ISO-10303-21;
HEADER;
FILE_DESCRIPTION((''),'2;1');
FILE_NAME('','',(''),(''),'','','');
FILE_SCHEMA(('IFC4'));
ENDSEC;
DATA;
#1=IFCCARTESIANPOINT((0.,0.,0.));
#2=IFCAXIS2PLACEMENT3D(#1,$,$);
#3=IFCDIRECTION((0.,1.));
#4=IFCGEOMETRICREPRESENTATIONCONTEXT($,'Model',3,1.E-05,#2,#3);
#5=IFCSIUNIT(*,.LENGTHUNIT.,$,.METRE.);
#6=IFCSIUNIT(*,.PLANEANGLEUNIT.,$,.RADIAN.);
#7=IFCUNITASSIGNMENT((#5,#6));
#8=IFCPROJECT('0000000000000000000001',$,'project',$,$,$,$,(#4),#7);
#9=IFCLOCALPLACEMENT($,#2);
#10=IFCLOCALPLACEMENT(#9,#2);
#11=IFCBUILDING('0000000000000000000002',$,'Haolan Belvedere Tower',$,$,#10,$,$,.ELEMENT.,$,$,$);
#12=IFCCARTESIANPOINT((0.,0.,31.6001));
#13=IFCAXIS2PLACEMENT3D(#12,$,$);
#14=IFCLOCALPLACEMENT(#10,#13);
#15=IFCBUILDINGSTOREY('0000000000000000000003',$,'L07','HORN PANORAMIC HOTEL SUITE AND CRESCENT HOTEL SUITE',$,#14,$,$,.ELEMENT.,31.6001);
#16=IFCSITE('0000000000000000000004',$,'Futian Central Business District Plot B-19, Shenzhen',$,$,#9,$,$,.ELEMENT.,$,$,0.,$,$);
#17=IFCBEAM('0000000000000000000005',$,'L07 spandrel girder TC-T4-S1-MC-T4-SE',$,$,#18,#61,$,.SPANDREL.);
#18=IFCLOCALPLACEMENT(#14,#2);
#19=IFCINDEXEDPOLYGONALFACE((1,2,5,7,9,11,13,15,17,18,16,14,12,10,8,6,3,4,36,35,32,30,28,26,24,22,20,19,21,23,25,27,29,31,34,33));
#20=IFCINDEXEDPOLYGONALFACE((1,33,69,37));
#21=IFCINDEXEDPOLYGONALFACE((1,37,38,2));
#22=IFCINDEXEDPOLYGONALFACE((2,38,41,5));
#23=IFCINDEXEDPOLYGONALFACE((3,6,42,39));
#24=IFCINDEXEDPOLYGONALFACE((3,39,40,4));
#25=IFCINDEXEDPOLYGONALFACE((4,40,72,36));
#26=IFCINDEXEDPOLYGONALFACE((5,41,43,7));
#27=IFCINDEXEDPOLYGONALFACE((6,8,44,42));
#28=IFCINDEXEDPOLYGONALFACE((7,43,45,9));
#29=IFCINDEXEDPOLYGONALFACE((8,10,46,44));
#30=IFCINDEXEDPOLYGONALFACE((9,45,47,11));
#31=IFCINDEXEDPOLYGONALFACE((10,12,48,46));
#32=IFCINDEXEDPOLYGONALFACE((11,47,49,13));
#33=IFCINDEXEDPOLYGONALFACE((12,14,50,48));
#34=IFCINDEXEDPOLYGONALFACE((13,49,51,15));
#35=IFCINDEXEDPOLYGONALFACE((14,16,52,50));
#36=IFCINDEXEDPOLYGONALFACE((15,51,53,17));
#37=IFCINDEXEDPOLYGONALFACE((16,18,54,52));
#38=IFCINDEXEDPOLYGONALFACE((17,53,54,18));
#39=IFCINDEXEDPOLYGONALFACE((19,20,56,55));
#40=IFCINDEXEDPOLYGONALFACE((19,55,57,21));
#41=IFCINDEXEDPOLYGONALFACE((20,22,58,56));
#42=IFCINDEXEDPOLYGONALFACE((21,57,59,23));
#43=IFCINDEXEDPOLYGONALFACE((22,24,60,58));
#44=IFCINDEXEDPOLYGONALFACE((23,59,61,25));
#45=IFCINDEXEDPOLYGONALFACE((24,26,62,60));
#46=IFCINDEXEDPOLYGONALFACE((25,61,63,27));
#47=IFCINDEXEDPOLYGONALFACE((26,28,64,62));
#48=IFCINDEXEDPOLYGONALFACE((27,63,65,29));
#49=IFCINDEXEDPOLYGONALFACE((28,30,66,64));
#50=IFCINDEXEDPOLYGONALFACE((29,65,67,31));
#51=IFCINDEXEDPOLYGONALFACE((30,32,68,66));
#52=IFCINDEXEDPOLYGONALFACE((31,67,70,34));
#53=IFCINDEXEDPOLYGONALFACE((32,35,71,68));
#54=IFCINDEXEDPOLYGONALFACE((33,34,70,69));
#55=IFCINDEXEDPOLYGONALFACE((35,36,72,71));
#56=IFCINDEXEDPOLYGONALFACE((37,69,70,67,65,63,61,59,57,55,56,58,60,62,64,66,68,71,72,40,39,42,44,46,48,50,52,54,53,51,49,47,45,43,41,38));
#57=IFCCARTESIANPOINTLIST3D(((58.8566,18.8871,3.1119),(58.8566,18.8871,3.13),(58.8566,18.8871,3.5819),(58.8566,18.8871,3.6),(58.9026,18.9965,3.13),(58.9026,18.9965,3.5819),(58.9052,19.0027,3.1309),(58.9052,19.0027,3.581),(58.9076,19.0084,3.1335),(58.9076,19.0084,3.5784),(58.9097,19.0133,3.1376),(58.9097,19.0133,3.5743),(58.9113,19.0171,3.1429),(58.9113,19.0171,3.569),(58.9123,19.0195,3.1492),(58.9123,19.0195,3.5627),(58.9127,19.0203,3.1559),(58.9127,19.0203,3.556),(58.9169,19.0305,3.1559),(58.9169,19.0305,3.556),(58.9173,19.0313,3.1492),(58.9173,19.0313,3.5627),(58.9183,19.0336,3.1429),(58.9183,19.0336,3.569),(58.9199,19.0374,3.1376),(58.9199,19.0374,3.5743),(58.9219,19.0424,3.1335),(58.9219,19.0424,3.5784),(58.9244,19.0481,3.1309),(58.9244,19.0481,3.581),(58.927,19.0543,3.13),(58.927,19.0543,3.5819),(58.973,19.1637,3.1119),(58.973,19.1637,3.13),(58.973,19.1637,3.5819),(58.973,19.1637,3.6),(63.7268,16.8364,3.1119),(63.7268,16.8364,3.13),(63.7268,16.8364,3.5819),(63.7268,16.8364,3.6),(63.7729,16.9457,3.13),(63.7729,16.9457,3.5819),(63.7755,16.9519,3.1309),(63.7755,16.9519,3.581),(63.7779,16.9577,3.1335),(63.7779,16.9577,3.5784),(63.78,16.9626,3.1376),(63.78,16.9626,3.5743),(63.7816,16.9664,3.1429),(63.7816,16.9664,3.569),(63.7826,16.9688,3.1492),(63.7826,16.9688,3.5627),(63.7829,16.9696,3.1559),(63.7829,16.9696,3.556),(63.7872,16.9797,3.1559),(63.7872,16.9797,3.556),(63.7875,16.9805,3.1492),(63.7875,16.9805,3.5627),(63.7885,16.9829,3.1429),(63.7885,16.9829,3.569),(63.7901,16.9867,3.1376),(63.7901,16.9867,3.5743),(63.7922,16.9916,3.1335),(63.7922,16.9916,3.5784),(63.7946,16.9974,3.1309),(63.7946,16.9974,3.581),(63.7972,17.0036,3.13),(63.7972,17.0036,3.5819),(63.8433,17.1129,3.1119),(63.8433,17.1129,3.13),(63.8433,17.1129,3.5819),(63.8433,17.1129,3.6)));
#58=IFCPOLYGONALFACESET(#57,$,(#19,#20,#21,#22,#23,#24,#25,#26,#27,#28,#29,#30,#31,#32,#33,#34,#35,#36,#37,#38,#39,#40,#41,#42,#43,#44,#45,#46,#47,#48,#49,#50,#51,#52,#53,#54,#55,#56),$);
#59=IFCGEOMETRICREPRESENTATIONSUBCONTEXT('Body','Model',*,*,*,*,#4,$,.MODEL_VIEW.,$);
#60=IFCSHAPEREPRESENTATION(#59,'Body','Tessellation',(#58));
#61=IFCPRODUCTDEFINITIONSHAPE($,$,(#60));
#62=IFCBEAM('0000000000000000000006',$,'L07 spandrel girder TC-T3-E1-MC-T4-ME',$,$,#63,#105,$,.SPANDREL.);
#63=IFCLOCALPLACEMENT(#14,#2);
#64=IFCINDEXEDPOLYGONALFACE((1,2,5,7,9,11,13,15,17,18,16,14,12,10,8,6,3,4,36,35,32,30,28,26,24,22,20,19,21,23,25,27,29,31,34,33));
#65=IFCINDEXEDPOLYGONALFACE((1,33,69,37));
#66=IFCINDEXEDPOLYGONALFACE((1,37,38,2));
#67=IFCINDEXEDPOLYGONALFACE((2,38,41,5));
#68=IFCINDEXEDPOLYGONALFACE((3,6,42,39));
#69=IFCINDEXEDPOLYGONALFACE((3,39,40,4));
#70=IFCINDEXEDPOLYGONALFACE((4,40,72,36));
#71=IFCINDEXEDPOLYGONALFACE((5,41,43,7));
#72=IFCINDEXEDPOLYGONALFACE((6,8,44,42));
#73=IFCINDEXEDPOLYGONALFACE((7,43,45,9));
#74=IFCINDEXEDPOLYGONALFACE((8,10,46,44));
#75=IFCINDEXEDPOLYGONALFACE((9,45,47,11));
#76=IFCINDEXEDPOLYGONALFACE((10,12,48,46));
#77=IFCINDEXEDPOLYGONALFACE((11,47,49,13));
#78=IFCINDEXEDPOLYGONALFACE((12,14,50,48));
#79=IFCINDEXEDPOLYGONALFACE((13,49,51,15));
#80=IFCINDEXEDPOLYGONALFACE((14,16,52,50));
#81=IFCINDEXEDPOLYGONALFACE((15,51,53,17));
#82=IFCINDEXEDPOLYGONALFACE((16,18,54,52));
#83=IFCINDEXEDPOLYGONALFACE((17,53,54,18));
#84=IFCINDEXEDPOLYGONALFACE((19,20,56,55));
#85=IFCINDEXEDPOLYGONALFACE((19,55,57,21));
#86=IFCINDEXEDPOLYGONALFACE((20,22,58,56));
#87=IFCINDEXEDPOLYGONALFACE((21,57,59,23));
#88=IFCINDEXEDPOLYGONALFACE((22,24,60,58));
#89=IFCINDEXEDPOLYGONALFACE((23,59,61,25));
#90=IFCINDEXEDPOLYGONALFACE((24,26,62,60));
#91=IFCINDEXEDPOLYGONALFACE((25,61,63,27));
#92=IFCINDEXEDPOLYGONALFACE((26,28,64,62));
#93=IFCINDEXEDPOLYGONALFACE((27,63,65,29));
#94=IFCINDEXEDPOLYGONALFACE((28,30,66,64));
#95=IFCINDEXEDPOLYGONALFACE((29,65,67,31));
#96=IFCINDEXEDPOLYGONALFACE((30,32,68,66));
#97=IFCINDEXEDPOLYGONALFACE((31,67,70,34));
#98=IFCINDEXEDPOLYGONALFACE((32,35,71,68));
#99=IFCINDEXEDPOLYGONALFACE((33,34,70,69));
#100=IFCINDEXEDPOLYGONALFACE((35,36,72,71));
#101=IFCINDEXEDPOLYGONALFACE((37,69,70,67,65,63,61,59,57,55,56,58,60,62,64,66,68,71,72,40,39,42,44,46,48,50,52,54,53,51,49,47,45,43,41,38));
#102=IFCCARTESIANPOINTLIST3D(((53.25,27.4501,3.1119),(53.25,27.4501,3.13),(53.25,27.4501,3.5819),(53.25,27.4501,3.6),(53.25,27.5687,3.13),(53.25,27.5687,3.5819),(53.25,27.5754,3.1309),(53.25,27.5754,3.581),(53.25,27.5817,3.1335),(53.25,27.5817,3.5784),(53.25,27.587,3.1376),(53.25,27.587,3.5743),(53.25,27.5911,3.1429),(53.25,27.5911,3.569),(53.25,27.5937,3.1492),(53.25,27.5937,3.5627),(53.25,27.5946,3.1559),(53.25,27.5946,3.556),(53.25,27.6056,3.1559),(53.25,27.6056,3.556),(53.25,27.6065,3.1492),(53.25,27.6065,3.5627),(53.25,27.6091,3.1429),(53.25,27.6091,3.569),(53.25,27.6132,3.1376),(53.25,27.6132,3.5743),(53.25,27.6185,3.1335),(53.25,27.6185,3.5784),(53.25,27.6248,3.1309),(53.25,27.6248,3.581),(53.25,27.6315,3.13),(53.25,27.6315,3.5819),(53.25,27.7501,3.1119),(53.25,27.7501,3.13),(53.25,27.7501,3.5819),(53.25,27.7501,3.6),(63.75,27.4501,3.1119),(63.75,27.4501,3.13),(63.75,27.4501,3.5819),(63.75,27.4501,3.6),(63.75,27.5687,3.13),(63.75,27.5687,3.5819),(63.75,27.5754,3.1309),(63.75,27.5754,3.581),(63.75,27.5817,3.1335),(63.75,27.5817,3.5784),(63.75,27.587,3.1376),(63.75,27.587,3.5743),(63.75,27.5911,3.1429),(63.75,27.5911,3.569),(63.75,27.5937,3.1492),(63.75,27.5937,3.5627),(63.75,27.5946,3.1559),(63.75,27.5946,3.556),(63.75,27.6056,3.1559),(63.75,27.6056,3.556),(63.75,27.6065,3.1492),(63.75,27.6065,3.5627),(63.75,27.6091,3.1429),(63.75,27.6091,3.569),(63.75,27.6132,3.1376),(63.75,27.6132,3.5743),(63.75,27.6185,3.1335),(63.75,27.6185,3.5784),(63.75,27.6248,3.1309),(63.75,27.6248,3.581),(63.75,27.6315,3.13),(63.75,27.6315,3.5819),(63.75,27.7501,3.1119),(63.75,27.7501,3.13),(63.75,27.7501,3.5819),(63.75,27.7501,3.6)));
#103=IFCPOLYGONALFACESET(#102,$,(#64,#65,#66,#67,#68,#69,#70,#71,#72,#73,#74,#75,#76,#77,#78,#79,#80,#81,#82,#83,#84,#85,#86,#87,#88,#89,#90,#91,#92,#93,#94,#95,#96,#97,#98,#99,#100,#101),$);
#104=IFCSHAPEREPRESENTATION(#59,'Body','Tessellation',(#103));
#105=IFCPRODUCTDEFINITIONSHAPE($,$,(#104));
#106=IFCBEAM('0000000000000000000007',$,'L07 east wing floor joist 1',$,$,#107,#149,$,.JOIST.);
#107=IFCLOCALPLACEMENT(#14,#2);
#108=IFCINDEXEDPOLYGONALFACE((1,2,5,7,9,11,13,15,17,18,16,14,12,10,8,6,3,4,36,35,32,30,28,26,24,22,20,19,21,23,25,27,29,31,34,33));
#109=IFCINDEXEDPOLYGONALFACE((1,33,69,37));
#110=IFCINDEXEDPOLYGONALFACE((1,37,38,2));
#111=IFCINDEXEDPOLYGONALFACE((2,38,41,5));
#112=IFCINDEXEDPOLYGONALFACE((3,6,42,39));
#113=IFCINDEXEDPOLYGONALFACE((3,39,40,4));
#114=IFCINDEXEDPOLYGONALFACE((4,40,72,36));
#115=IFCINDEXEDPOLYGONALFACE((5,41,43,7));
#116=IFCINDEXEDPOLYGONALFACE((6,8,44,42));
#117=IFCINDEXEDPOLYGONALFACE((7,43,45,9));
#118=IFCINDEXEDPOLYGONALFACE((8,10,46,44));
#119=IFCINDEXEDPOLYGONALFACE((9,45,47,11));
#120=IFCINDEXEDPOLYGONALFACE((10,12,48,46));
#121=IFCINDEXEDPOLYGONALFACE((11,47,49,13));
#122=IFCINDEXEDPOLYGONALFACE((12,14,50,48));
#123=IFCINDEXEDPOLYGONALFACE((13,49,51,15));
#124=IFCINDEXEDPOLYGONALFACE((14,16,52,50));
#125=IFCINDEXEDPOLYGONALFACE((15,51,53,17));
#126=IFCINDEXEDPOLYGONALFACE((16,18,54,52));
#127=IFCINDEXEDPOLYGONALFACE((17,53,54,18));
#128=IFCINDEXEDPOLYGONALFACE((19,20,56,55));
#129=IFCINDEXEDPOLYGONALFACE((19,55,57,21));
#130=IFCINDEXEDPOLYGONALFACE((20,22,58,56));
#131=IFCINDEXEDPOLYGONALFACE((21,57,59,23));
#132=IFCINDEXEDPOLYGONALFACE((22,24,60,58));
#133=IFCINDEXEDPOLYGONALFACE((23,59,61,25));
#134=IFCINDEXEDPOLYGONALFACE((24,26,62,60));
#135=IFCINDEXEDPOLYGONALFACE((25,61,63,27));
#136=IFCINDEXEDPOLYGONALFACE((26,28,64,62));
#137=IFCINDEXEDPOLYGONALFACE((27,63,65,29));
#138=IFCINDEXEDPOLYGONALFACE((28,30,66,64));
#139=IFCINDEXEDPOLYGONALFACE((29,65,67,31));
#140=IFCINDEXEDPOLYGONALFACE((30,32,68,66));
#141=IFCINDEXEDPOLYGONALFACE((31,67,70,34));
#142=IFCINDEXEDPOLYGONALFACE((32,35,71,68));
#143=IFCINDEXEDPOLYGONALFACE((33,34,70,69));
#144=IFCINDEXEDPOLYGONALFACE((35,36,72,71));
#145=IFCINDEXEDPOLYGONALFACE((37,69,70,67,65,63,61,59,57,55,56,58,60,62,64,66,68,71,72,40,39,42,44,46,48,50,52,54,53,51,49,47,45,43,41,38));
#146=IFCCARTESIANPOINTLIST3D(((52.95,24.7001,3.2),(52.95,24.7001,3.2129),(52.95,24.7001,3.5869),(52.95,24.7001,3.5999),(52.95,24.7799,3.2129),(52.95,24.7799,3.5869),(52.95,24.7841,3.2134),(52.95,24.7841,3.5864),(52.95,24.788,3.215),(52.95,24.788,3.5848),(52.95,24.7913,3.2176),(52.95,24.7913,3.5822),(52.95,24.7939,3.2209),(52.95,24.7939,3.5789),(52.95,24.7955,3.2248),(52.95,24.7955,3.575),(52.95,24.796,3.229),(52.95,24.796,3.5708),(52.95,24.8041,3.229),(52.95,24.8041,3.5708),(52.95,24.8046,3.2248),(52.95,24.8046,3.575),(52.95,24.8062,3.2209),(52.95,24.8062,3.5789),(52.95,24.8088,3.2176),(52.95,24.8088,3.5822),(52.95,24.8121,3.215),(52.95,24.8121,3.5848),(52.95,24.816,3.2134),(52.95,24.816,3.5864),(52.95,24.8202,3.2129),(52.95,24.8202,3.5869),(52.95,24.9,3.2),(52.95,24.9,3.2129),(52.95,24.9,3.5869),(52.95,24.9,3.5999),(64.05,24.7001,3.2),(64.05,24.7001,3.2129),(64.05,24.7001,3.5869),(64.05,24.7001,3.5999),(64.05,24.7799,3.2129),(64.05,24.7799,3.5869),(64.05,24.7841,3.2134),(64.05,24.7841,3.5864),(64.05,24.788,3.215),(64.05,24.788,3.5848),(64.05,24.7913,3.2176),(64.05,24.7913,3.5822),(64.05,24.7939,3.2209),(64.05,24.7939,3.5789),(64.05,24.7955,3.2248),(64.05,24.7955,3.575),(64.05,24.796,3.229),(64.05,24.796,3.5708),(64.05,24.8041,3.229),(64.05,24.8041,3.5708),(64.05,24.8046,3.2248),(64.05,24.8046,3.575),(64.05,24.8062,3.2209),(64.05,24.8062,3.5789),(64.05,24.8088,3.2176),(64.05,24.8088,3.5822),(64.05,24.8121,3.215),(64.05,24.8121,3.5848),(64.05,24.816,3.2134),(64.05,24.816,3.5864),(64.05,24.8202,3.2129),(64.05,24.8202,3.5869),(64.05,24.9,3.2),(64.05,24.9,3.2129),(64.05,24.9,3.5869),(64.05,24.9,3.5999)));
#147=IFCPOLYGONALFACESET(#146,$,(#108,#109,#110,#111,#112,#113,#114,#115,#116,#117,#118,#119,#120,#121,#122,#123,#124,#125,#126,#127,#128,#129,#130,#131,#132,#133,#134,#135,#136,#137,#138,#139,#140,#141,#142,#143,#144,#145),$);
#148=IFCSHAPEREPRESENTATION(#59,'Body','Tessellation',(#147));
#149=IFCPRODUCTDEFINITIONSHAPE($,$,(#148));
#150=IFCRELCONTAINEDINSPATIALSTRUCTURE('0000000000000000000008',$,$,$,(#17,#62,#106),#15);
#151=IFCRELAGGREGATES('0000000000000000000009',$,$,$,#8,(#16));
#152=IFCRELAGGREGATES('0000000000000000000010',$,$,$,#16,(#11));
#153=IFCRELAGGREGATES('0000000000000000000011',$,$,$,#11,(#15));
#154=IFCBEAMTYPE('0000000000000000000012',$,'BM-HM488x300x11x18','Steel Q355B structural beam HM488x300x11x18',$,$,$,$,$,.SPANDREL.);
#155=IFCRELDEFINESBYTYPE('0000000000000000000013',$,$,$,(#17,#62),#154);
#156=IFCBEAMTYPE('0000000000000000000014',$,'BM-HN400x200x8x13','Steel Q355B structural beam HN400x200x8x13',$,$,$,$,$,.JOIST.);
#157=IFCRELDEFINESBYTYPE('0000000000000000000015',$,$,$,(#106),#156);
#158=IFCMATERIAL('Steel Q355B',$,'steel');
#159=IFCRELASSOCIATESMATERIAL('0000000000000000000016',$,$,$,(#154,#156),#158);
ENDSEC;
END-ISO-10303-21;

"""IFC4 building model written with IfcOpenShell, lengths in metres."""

from ifc_helpers import new_model, si_unit, direction, frame, origin, origin_2d, place, context, subcontext, project, spatial, i_section, extrude, material, material_profile, profile_set, type_object, element, save


model = new_model("IFC4")

# Units and contexts
model_context = context("Model", 3, precision=1e-05, world=origin(), true_north=direction((0.0, 1.0)))
body_context = subcontext(model_context, "Body", "Model", "MODEL_VIEW")
ifc_project = project(units=[si_unit("LENGTHUNIT", "METRE"), si_unit("PLANEANGLEUNIT", "RADIAN")], contexts=[model_context])

# Site, building, storey
site_placement = place(None, origin())
site = spatial("IfcSite", under=ifc_project, at=site_placement, Name="Futian Central Business District Plot B-19, Shenzhen", CompositionType="ELEMENT", RefElevation=0.0)
building_placement = place(site_placement, origin())
building = spatial("IfcBuilding", under=site, at=building_placement, Name="Haolan Belvedere Tower", CompositionType="ELEMENT")
storey_placement = place(building_placement, frame((0.0, 0.0, 31.6001)))
storey = spatial("IfcBuildingStorey", under=building, at=storey_placement, Name="L07", Description="HORN PANORAMIC HOTEL SUITE AND CRESCENT HOTEL SUITE", CompositionType="ELEMENT", Elevation=31.6001)

# Shared definitions
ifc_material_1 = material(Name="Steel Q355B", Category="steel")

# Beams
ifc_material_profile_1 = material_profile(ifc_material_1, i_section(OverallWidth=0.3, OverallDepth=0.488, WebThickness=0.011, FlangeThickness=0.0181, FilletRadius=0.0259, at=origin_2d()), Name="Steel Q355B")
ifc_profile_set_1 = profile_set([ifc_material_profile_1], Name="Steel Q355B")
beam_type_1 = type_object("IfcBeamType", Name="BM-HM488x300x11x18", Description="Steel Q355B structural beam HM488x300x11x18", PredefinedType="SPANDREL", material=ifc_profile_set_1)
for number, where, z_axis, x_axis, name in (
    (1, (58.9148, 19.0254, 3.356), (0.921628, -0.388074, 0.0), (0.388074, 0.921628, 0.0), "L07 spandrel girder TC-T4-S1-MC-T4-SE"),
):
    element("IfcBeam", number, at=place(storey_placement, frame(where, z_axis=z_axis, x_axis=x_axis)), inside=storey, type_object=beam_type_1, Name=name, PredefinedType="SPANDREL", context=body_context, shape_type="SweptSolid", body=[
        extrude(i_section(OverallWidth=0.3, OverallDepth=0.488, WebThickness=0.011, FlangeThickness=0.0181, FilletRadius=0.0259, at=origin_2d()), origin(), (0.0, 0.0, 1.0), 5.2844),
    ])
beam_1_placement = place(storey_placement, frame((53.25, 27.6001, 3.356), z_axis=(1.0, 0.0, 0.0), x_axis=(0.0, 1.0, 0.0)))
element("IfcBeam", 2, at=beam_1_placement, inside=storey, type_object=beam_type_1, Name="L07 spandrel girder TC-T3-E1-MC-T4-ME", PredefinedType="SPANDREL", context=body_context, shape_type="SweptSolid", body=[
    extrude(i_section(OverallWidth=0.3, OverallDepth=0.488, WebThickness=0.011, FlangeThickness=0.0181, FilletRadius=0.0259, at=origin_2d()), origin(), (0.0, 0.0, 1.0), 10.5),
])
ifc_material_profile_2 = material_profile(ifc_material_1, i_section(OverallWidth=0.2, OverallDepth=0.3999, WebThickness=0.0081, FlangeThickness=0.0129, FilletRadius=0.0161, at=origin_2d()), Name="Steel Q355B")
ifc_profile_set_2 = profile_set([ifc_material_profile_2], Name="Steel Q355B")
beam_type_2 = type_object("IfcBeamType", Name="BM-HN400x200x8x13", Description="Steel Q355B structural beam HN400x200x8x13", PredefinedType="JOIST", material=ifc_profile_set_2)
beam_2_placement = place(storey_placement, frame((52.95, 24.8, 3.3999), z_axis=(1.0, 0.0, 0.0), x_axis=(0.0, 1.0, 0.0)))
element("IfcBeam", 3, at=beam_2_placement, inside=storey, type_object=beam_type_2, Name="L07 east wing floor joist 1", PredefinedType="JOIST", context=body_context, shape_type="SweptSolid", body=[
    extrude(i_section(OverallWidth=0.2, OverallDepth=0.3999, WebThickness=0.0081, FlangeThickness=0.0129, FilletRadius=0.0161, at=origin_2d()), origin(), (0.0, 0.0, 1.0), 11.1001),
])

save(model, "model.ifc")
